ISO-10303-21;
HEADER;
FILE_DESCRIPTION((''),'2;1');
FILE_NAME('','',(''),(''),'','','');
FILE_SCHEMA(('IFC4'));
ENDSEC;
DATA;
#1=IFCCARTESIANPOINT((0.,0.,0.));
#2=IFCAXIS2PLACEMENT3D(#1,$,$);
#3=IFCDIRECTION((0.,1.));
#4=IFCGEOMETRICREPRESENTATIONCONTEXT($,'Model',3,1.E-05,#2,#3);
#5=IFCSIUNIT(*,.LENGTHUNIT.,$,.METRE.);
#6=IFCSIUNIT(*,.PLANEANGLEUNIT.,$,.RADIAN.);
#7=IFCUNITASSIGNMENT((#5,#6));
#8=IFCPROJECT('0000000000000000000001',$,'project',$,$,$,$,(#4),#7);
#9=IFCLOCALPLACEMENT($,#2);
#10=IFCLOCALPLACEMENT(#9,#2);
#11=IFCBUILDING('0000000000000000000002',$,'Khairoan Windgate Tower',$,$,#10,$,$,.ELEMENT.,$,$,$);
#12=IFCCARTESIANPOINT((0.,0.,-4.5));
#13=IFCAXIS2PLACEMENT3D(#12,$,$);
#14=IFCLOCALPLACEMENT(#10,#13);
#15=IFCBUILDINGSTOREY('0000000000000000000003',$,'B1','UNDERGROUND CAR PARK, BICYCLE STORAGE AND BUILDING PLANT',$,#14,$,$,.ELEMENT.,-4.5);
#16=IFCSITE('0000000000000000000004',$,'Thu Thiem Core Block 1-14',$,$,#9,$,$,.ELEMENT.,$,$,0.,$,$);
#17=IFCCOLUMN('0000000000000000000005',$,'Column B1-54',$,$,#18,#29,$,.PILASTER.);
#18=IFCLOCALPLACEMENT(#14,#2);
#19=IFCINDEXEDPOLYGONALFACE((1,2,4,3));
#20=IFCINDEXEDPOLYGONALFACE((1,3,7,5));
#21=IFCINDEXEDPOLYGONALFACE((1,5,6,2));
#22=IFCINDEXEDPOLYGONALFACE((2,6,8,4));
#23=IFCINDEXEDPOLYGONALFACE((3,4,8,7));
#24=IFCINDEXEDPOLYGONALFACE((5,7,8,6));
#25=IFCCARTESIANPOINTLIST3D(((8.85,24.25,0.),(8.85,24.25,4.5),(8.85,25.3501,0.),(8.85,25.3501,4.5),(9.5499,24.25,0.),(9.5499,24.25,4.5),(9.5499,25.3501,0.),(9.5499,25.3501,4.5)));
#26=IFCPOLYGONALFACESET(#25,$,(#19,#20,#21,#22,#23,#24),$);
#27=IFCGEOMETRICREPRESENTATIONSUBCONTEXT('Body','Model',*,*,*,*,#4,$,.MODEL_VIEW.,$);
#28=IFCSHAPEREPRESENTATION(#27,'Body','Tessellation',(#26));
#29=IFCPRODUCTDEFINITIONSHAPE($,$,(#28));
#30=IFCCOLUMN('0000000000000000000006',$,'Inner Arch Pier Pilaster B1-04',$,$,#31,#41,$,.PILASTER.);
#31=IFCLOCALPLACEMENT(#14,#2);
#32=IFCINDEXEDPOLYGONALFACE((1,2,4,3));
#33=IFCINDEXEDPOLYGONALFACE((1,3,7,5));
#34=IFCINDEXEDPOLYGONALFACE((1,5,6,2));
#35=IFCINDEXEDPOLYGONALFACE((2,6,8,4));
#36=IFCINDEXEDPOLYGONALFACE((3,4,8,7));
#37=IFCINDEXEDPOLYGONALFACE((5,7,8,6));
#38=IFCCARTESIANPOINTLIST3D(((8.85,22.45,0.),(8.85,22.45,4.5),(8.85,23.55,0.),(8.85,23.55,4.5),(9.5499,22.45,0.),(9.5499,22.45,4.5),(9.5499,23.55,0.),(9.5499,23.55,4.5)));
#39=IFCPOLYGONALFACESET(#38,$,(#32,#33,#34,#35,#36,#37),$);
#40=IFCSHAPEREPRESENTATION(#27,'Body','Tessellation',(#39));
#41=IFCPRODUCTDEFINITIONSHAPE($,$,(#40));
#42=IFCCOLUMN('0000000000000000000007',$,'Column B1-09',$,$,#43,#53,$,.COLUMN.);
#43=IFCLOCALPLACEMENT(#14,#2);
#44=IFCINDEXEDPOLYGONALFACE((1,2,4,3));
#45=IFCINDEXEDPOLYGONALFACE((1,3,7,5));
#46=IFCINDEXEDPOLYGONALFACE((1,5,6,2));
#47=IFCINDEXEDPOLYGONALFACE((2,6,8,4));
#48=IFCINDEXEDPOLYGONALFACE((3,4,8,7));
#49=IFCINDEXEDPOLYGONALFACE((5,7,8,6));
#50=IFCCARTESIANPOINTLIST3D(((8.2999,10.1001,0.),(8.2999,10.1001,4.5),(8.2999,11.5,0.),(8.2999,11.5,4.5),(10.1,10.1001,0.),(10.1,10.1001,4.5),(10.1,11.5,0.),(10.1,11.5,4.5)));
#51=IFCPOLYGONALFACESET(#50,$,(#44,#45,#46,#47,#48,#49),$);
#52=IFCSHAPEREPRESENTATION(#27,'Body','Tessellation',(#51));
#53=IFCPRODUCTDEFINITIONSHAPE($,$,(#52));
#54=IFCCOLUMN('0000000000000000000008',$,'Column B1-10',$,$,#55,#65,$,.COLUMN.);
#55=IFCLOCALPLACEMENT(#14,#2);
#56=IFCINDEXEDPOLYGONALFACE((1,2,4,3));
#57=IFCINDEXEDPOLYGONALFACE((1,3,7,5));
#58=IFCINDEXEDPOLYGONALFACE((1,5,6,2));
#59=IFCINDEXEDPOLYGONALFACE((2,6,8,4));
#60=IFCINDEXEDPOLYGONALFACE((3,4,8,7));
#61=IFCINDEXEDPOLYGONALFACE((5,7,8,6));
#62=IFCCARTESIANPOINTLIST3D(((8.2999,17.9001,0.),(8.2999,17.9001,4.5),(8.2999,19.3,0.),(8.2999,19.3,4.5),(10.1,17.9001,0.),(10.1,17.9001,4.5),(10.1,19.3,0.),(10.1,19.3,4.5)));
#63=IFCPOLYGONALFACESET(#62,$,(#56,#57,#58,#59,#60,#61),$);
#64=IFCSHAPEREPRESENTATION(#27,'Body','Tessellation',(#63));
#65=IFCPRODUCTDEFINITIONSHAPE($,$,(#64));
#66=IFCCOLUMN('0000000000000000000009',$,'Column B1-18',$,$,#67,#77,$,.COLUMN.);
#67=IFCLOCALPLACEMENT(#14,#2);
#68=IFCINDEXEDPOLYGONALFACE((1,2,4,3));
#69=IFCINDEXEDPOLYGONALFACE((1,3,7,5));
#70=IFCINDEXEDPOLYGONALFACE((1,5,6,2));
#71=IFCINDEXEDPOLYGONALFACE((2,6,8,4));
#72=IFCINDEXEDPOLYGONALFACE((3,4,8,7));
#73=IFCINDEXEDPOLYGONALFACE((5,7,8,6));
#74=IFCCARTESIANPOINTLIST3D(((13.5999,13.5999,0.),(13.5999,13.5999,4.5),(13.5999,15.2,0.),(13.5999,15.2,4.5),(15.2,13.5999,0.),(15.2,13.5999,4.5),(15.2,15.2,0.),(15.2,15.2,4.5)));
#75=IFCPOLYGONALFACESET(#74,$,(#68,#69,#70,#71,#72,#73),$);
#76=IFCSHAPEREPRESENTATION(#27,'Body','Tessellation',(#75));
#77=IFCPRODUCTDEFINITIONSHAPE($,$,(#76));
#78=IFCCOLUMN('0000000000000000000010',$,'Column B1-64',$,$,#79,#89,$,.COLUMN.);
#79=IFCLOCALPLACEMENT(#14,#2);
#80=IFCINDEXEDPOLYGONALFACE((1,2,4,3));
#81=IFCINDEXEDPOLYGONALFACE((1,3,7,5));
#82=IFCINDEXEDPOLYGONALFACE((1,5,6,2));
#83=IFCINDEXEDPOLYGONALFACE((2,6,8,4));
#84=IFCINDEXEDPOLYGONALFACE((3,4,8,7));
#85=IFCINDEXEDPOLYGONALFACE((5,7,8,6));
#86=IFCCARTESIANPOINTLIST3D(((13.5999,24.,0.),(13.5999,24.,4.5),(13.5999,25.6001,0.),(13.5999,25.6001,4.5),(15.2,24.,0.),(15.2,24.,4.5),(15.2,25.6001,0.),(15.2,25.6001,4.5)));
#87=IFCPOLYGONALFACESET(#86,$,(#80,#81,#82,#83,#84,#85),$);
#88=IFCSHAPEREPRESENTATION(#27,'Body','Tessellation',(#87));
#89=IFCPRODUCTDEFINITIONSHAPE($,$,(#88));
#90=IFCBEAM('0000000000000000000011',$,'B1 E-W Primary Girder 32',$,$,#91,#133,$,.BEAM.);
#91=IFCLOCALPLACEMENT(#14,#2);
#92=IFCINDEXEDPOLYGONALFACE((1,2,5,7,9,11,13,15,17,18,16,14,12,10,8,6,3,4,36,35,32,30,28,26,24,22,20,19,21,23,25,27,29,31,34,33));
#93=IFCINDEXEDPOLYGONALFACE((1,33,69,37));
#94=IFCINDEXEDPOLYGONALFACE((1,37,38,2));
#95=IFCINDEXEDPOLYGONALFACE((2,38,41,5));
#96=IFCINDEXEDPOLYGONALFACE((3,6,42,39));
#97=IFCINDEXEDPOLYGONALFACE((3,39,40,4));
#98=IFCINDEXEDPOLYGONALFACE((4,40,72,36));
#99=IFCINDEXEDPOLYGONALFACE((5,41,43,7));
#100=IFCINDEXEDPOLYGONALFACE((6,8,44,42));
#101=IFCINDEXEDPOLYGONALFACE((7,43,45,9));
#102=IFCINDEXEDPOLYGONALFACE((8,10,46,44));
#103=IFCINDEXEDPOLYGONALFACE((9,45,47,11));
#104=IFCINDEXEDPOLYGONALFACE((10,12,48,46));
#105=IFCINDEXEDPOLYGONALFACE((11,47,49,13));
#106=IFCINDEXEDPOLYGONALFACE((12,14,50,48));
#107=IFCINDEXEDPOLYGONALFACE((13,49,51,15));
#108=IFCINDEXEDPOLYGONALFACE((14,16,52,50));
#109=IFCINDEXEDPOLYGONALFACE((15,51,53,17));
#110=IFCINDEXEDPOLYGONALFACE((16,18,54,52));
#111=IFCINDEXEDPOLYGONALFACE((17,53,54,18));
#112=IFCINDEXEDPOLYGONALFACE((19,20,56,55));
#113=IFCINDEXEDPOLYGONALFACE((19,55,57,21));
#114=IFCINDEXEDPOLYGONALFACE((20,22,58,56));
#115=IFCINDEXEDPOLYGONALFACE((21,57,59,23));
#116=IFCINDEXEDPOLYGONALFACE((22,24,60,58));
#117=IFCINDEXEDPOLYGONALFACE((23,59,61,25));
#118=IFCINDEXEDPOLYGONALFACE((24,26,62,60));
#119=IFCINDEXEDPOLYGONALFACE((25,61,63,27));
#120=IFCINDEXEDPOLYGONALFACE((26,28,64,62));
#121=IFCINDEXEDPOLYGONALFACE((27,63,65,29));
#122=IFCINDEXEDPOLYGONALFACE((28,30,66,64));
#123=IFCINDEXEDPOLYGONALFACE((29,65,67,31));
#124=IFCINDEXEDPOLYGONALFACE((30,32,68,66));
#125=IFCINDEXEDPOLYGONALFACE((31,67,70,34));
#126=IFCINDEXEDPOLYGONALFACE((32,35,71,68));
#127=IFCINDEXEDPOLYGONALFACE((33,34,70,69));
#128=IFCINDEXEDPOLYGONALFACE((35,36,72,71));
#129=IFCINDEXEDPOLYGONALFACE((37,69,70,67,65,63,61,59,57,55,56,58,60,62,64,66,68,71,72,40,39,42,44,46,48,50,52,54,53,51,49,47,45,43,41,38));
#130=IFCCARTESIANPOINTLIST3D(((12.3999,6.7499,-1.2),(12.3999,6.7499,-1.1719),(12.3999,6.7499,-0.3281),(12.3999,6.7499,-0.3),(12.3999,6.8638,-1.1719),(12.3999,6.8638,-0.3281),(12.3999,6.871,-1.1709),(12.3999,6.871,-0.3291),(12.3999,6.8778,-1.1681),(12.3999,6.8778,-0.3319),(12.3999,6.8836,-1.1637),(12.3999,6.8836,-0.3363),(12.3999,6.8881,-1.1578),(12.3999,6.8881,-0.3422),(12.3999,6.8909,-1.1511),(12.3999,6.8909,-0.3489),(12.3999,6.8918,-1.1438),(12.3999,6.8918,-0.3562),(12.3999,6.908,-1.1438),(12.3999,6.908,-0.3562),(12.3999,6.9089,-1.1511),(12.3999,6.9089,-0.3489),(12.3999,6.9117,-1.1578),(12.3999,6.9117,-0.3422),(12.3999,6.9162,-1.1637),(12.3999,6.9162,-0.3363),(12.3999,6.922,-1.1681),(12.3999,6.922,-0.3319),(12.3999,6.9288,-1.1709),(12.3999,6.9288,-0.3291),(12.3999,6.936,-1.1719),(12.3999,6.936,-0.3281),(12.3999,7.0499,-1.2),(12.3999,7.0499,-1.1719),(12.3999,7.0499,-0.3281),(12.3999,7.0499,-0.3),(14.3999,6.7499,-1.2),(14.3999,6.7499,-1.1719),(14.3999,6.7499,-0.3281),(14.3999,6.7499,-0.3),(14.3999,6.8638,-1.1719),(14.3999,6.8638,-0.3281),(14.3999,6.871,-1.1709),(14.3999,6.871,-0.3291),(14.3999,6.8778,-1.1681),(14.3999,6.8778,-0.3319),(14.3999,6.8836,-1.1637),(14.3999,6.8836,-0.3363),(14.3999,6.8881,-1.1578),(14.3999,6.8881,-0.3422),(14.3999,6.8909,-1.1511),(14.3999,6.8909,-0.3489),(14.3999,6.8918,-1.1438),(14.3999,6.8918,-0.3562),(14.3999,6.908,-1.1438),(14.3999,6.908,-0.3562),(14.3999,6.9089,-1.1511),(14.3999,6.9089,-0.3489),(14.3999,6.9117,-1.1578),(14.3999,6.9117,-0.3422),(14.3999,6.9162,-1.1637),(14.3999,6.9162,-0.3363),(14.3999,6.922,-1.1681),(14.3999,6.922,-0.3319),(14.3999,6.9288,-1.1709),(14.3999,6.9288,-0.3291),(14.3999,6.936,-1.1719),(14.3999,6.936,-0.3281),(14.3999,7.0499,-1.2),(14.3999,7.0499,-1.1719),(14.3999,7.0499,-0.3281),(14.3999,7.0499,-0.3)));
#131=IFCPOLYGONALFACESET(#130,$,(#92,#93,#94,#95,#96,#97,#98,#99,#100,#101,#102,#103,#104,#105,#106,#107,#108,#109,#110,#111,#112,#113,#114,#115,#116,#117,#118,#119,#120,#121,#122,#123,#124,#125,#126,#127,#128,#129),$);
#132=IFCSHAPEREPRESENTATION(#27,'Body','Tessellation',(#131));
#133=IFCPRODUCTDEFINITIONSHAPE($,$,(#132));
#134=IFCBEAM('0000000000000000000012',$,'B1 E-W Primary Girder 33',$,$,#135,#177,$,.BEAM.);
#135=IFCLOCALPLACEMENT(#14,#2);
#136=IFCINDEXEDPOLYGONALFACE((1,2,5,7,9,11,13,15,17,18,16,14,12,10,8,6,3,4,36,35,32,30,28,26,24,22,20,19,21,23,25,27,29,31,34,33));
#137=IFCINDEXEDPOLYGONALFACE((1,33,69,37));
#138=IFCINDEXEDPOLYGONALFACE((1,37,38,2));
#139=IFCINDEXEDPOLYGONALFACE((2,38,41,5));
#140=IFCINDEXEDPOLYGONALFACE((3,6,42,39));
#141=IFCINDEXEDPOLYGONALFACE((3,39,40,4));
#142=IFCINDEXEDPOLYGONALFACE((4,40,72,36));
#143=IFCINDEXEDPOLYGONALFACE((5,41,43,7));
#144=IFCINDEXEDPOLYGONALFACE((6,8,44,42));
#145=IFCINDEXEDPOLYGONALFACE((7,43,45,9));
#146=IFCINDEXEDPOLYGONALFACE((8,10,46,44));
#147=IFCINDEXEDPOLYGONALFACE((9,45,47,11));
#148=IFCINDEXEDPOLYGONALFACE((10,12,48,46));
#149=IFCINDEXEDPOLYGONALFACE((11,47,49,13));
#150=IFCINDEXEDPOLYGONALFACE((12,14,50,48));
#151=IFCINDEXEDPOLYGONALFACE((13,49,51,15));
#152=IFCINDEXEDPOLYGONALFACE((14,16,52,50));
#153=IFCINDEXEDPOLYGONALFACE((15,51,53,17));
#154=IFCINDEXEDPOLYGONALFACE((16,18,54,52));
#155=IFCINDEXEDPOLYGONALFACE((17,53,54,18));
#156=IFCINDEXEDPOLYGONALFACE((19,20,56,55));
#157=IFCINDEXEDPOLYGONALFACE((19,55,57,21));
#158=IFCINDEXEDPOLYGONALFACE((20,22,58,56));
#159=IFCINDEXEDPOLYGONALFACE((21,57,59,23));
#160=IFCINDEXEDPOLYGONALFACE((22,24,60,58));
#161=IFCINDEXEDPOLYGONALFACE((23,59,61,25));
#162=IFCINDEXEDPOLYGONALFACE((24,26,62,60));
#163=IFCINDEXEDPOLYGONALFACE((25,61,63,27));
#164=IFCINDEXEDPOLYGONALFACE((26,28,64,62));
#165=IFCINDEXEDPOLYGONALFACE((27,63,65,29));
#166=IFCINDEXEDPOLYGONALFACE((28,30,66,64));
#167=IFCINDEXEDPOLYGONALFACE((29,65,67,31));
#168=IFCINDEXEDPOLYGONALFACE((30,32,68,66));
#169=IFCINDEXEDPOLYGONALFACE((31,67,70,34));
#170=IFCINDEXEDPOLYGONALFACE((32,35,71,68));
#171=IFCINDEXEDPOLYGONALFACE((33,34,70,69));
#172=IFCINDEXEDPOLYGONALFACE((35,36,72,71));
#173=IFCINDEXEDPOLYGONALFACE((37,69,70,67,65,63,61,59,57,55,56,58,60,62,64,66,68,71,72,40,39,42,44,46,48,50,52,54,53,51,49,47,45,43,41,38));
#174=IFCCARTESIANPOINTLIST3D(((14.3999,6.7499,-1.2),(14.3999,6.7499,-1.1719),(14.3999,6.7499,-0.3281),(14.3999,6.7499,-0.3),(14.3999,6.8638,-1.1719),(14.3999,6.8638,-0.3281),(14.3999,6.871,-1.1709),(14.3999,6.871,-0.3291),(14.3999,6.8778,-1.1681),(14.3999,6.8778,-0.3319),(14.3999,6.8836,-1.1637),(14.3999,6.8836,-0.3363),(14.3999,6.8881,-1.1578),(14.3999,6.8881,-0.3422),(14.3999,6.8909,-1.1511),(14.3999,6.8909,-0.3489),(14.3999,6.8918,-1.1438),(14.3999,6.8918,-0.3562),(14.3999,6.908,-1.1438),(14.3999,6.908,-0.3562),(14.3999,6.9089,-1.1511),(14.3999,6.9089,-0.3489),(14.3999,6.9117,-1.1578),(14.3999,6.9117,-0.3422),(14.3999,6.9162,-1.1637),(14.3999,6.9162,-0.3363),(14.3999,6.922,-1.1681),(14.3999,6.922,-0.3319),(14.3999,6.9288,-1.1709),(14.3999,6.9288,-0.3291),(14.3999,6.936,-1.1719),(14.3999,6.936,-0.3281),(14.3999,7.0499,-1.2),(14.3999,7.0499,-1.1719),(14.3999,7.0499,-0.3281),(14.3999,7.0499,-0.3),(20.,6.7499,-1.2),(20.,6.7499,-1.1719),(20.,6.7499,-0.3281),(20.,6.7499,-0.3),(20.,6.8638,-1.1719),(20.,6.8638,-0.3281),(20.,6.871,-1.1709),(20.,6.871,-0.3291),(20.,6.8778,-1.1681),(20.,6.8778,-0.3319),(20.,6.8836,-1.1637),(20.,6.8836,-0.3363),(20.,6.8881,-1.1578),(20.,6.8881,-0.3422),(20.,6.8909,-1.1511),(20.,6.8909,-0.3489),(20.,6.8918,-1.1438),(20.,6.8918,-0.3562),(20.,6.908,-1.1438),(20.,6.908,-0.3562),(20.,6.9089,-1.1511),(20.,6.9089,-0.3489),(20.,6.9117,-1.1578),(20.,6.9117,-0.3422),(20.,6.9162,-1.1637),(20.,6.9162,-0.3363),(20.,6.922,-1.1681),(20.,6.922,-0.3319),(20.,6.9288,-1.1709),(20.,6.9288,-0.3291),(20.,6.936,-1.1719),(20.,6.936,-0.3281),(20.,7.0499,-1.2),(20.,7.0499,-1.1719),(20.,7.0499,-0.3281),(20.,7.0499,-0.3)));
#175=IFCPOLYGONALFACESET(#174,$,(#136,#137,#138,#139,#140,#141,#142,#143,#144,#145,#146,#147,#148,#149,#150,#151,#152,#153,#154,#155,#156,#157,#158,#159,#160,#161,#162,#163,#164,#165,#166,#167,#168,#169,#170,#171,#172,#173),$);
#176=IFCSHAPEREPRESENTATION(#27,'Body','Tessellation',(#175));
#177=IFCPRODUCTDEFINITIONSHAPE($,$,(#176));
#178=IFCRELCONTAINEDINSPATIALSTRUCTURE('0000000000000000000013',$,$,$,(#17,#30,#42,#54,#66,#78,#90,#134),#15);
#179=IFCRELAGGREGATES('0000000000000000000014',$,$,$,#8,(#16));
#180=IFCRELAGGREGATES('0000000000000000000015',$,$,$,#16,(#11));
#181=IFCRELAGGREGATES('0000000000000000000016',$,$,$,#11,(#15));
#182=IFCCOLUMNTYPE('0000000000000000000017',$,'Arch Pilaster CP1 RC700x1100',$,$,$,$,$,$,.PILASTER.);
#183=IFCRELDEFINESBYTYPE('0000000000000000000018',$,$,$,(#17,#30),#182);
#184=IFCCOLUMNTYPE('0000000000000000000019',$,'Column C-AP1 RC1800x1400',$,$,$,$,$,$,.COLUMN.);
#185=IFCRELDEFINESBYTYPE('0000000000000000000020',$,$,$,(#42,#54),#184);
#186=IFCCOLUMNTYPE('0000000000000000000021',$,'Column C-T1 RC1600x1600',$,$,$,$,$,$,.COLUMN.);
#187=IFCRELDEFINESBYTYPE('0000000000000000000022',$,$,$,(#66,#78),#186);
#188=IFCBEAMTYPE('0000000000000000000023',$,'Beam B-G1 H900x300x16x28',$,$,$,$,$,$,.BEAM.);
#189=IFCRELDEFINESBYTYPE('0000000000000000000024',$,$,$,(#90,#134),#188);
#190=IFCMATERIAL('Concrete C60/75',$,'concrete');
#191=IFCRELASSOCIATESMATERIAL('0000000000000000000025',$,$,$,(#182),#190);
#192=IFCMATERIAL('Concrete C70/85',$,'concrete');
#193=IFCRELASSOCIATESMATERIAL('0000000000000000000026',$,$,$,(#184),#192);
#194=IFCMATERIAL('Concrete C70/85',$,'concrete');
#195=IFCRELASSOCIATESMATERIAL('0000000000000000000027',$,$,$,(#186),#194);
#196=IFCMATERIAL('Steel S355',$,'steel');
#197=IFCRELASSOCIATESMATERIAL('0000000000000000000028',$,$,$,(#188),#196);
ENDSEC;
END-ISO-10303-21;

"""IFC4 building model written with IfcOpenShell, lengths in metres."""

from ifc_helpers import new_model, si_unit, direction, frame, origin, origin_2d, place, context, subcontext, project, spatial, rectangle, i_section, extrude, material, material_profile, profile_set, type_object, element, save


model = new_model("IFC4")

# Units and contexts
model_context = context("Model", 3, precision=1e-05, world=origin(), true_north=direction((0.0, 1.0)))
body_context = subcontext(model_context, "Body", "Model", "MODEL_VIEW")
ifc_project = project(units=[si_unit("LENGTHUNIT", "METRE"), si_unit("PLANEANGLEUNIT", "RADIAN")], contexts=[model_context])

# Site, building, storey
site_placement = place(None, origin())
site = spatial("IfcSite", under=ifc_project, at=site_placement, Name="Thu Thiem Core Block 1-14", CompositionType="ELEMENT", RefElevation=0.0)
building_placement = place(site_placement, origin())
building = spatial("IfcBuilding", under=site, at=building_placement, Name="Khairoan Windgate Tower", CompositionType="ELEMENT")
storey_placement = place(building_placement, frame((0.0, 0.0, -4.5)))
storey = spatial("IfcBuildingStorey", under=building, at=storey_placement, Name="B1", Description="UNDERGROUND CAR PARK, BICYCLE STORAGE AND BUILDING PLANT", CompositionType="ELEMENT", Elevation=-4.5)

# Columns
ifc_material_1 = material(Name="Concrete C60/75", Category="concrete")
ifc_material_profile_1 = material_profile(ifc_material_1, rectangle(XDim=0.7, YDim=1.1001, at=origin_2d()))
ifc_profile_set_1 = profile_set([ifc_material_profile_1], Name="Concrete C60/75")
column_type_1 = type_object("IfcColumnType", Name="Arch Pilaster CP1 RC700x1100", PredefinedType="PILASTER", material=ifc_profile_set_1)
for number, where, z_axis, x_axis, name in (
    (1, (9.2, 24.8, 0.0), (0.0, 0.0, 1.0), (1.0, 0.0, 0.0), "Column B1-54"),
    (2, (9.2, 23.0, 0.0), (0.0, 0.0, 1.0), (1.0, 0.0, 0.0), "Inner Arch Pier Pilaster B1-04"),
):
    element("IfcColumn", number, at=place(storey_placement, frame(where, z_axis=z_axis, x_axis=x_axis)), inside=storey, type_object=column_type_1, Name=name, PredefinedType="PILASTER", context=body_context, shape_type="SweptSolid", body=[
        extrude(rectangle(XDim=0.7, YDim=1.1001, at=origin_2d()), origin(), (0.0, 0.0, 1.0), 4.5),
    ])
ifc_material_2 = material(Name="Concrete C70/85", Category="concrete")
ifc_material_profile_2 = material_profile(ifc_material_2, rectangle(XDim=1.8, YDim=1.3999, at=origin_2d()))
ifc_profile_set_2 = profile_set([ifc_material_profile_2], Name="Concrete C70/85")
column_type_2 = type_object("IfcColumnType", Name="Column C-AP1 RC1800x1400", PredefinedType="COLUMN", material=ifc_profile_set_2)
for number, where, z_axis, x_axis, name in (
    (3, (9.2, 10.8, 0.0), (0.0, 0.0, 1.0), (1.0, 0.0, 0.0), "Column B1-09"),
    (4, (9.2, 18.6001, 0.0), (0.0, 0.0, 1.0), (1.0, 0.0, 0.0), "Column B1-10"),
):
    element("IfcColumn", number, at=place(storey_placement, frame(where, z_axis=z_axis, x_axis=x_axis)), inside=storey, type_object=column_type_2, Name=name, PredefinedType="COLUMN", context=body_context, shape_type="SweptSolid", body=[
        extrude(rectangle(XDim=1.8, YDim=1.3999, at=origin_2d()), origin(), (0.0, 0.0, 1.0), 4.5),
    ])
ifc_material_3 = material(Name="Concrete C70/85", Category="concrete")
ifc_material_profile_3 = material_profile(ifc_material_3, rectangle(XDim=1.6001, YDim=1.6001, at=origin_2d()))
ifc_profile_set_3 = profile_set([ifc_material_profile_3], Name="Concrete C70/85")
column_type_3 = type_object("IfcColumnType", Name="Column C-T1 RC1600x1600", PredefinedType="COLUMN", material=ifc_profile_set_3)
for number, where, z_axis, x_axis, name in (
    (5, (14.3999, 14.3999, 0.0), (0.0, 0.0, 1.0), (1.0, 0.0, 0.0), "Column B1-18"),
    (6, (14.3999, 24.8, 0.0), (0.0, 0.0, 1.0), (1.0, 0.0, 0.0), "Column B1-64"),
):
    element("IfcColumn", number, at=place(storey_placement, frame(where, z_axis=z_axis, x_axis=x_axis)), inside=storey, type_object=column_type_3, Name=name, PredefinedType="COLUMN", context=body_context, shape_type="SweptSolid", body=[
        extrude(rectangle(XDim=1.6001, YDim=1.6001, at=origin_2d()), origin(), (0.0, 0.0, 1.0), 4.5),
    ])

# Beams
ifc_material_4 = material(Name="Steel S355", Category="steel")
ifc_material_profile_4 = material_profile(ifc_material_4, i_section(OverallWidth=0.3, OverallDepth=0.8999, WebThickness=0.0161, FlangeThickness=0.0281, FilletRadius=0.0281, at=origin_2d()))
ifc_profile_set_4 = profile_set([ifc_material_profile_4], Name="Steel S355")
beam_type_1 = type_object("IfcBeamType", Name="Beam B-G1 H900x300x16x28", PredefinedType="BEAM", material=ifc_profile_set_4)
beam_1_placement = place(storey_placement, frame((12.3999, 6.8999, -0.75), z_axis=(1.0, 0.0, 0.0), x_axis=(0.0, 1.0, 0.0)))
element("IfcBeam", 7, at=beam_1_placement, inside=storey, type_object=beam_type_1, Name="B1 E-W Primary Girder 32", PredefinedType="BEAM", context=body_context, shape_type="SweptSolid", body=[
    extrude(i_section(OverallWidth=0.3, OverallDepth=0.8999, WebThickness=0.0161, FlangeThickness=0.0281, FilletRadius=0.0281, at=origin_2d()), origin(), (0.0, 0.0, 1.0), 2.0),
])
beam_2_placement = place(storey_placement, frame((14.3999, 6.8999, -0.75), z_axis=(1.0, 0.0, 0.0), x_axis=(0.0, 1.0, 0.0)))
element("IfcBeam", 8, at=beam_2_placement, inside=storey, type_object=beam_type_1, Name="B1 E-W Primary Girder 33", PredefinedType="BEAM", context=body_context, shape_type="SweptSolid", body=[
    extrude(i_section(OverallWidth=0.3, OverallDepth=0.8999, WebThickness=0.0161, FlangeThickness=0.0281, FilletRadius=0.0281, at=origin_2d()), origin(), (0.0, 0.0, 1.0), 5.6001),
])

save(model, "model.ifc")
